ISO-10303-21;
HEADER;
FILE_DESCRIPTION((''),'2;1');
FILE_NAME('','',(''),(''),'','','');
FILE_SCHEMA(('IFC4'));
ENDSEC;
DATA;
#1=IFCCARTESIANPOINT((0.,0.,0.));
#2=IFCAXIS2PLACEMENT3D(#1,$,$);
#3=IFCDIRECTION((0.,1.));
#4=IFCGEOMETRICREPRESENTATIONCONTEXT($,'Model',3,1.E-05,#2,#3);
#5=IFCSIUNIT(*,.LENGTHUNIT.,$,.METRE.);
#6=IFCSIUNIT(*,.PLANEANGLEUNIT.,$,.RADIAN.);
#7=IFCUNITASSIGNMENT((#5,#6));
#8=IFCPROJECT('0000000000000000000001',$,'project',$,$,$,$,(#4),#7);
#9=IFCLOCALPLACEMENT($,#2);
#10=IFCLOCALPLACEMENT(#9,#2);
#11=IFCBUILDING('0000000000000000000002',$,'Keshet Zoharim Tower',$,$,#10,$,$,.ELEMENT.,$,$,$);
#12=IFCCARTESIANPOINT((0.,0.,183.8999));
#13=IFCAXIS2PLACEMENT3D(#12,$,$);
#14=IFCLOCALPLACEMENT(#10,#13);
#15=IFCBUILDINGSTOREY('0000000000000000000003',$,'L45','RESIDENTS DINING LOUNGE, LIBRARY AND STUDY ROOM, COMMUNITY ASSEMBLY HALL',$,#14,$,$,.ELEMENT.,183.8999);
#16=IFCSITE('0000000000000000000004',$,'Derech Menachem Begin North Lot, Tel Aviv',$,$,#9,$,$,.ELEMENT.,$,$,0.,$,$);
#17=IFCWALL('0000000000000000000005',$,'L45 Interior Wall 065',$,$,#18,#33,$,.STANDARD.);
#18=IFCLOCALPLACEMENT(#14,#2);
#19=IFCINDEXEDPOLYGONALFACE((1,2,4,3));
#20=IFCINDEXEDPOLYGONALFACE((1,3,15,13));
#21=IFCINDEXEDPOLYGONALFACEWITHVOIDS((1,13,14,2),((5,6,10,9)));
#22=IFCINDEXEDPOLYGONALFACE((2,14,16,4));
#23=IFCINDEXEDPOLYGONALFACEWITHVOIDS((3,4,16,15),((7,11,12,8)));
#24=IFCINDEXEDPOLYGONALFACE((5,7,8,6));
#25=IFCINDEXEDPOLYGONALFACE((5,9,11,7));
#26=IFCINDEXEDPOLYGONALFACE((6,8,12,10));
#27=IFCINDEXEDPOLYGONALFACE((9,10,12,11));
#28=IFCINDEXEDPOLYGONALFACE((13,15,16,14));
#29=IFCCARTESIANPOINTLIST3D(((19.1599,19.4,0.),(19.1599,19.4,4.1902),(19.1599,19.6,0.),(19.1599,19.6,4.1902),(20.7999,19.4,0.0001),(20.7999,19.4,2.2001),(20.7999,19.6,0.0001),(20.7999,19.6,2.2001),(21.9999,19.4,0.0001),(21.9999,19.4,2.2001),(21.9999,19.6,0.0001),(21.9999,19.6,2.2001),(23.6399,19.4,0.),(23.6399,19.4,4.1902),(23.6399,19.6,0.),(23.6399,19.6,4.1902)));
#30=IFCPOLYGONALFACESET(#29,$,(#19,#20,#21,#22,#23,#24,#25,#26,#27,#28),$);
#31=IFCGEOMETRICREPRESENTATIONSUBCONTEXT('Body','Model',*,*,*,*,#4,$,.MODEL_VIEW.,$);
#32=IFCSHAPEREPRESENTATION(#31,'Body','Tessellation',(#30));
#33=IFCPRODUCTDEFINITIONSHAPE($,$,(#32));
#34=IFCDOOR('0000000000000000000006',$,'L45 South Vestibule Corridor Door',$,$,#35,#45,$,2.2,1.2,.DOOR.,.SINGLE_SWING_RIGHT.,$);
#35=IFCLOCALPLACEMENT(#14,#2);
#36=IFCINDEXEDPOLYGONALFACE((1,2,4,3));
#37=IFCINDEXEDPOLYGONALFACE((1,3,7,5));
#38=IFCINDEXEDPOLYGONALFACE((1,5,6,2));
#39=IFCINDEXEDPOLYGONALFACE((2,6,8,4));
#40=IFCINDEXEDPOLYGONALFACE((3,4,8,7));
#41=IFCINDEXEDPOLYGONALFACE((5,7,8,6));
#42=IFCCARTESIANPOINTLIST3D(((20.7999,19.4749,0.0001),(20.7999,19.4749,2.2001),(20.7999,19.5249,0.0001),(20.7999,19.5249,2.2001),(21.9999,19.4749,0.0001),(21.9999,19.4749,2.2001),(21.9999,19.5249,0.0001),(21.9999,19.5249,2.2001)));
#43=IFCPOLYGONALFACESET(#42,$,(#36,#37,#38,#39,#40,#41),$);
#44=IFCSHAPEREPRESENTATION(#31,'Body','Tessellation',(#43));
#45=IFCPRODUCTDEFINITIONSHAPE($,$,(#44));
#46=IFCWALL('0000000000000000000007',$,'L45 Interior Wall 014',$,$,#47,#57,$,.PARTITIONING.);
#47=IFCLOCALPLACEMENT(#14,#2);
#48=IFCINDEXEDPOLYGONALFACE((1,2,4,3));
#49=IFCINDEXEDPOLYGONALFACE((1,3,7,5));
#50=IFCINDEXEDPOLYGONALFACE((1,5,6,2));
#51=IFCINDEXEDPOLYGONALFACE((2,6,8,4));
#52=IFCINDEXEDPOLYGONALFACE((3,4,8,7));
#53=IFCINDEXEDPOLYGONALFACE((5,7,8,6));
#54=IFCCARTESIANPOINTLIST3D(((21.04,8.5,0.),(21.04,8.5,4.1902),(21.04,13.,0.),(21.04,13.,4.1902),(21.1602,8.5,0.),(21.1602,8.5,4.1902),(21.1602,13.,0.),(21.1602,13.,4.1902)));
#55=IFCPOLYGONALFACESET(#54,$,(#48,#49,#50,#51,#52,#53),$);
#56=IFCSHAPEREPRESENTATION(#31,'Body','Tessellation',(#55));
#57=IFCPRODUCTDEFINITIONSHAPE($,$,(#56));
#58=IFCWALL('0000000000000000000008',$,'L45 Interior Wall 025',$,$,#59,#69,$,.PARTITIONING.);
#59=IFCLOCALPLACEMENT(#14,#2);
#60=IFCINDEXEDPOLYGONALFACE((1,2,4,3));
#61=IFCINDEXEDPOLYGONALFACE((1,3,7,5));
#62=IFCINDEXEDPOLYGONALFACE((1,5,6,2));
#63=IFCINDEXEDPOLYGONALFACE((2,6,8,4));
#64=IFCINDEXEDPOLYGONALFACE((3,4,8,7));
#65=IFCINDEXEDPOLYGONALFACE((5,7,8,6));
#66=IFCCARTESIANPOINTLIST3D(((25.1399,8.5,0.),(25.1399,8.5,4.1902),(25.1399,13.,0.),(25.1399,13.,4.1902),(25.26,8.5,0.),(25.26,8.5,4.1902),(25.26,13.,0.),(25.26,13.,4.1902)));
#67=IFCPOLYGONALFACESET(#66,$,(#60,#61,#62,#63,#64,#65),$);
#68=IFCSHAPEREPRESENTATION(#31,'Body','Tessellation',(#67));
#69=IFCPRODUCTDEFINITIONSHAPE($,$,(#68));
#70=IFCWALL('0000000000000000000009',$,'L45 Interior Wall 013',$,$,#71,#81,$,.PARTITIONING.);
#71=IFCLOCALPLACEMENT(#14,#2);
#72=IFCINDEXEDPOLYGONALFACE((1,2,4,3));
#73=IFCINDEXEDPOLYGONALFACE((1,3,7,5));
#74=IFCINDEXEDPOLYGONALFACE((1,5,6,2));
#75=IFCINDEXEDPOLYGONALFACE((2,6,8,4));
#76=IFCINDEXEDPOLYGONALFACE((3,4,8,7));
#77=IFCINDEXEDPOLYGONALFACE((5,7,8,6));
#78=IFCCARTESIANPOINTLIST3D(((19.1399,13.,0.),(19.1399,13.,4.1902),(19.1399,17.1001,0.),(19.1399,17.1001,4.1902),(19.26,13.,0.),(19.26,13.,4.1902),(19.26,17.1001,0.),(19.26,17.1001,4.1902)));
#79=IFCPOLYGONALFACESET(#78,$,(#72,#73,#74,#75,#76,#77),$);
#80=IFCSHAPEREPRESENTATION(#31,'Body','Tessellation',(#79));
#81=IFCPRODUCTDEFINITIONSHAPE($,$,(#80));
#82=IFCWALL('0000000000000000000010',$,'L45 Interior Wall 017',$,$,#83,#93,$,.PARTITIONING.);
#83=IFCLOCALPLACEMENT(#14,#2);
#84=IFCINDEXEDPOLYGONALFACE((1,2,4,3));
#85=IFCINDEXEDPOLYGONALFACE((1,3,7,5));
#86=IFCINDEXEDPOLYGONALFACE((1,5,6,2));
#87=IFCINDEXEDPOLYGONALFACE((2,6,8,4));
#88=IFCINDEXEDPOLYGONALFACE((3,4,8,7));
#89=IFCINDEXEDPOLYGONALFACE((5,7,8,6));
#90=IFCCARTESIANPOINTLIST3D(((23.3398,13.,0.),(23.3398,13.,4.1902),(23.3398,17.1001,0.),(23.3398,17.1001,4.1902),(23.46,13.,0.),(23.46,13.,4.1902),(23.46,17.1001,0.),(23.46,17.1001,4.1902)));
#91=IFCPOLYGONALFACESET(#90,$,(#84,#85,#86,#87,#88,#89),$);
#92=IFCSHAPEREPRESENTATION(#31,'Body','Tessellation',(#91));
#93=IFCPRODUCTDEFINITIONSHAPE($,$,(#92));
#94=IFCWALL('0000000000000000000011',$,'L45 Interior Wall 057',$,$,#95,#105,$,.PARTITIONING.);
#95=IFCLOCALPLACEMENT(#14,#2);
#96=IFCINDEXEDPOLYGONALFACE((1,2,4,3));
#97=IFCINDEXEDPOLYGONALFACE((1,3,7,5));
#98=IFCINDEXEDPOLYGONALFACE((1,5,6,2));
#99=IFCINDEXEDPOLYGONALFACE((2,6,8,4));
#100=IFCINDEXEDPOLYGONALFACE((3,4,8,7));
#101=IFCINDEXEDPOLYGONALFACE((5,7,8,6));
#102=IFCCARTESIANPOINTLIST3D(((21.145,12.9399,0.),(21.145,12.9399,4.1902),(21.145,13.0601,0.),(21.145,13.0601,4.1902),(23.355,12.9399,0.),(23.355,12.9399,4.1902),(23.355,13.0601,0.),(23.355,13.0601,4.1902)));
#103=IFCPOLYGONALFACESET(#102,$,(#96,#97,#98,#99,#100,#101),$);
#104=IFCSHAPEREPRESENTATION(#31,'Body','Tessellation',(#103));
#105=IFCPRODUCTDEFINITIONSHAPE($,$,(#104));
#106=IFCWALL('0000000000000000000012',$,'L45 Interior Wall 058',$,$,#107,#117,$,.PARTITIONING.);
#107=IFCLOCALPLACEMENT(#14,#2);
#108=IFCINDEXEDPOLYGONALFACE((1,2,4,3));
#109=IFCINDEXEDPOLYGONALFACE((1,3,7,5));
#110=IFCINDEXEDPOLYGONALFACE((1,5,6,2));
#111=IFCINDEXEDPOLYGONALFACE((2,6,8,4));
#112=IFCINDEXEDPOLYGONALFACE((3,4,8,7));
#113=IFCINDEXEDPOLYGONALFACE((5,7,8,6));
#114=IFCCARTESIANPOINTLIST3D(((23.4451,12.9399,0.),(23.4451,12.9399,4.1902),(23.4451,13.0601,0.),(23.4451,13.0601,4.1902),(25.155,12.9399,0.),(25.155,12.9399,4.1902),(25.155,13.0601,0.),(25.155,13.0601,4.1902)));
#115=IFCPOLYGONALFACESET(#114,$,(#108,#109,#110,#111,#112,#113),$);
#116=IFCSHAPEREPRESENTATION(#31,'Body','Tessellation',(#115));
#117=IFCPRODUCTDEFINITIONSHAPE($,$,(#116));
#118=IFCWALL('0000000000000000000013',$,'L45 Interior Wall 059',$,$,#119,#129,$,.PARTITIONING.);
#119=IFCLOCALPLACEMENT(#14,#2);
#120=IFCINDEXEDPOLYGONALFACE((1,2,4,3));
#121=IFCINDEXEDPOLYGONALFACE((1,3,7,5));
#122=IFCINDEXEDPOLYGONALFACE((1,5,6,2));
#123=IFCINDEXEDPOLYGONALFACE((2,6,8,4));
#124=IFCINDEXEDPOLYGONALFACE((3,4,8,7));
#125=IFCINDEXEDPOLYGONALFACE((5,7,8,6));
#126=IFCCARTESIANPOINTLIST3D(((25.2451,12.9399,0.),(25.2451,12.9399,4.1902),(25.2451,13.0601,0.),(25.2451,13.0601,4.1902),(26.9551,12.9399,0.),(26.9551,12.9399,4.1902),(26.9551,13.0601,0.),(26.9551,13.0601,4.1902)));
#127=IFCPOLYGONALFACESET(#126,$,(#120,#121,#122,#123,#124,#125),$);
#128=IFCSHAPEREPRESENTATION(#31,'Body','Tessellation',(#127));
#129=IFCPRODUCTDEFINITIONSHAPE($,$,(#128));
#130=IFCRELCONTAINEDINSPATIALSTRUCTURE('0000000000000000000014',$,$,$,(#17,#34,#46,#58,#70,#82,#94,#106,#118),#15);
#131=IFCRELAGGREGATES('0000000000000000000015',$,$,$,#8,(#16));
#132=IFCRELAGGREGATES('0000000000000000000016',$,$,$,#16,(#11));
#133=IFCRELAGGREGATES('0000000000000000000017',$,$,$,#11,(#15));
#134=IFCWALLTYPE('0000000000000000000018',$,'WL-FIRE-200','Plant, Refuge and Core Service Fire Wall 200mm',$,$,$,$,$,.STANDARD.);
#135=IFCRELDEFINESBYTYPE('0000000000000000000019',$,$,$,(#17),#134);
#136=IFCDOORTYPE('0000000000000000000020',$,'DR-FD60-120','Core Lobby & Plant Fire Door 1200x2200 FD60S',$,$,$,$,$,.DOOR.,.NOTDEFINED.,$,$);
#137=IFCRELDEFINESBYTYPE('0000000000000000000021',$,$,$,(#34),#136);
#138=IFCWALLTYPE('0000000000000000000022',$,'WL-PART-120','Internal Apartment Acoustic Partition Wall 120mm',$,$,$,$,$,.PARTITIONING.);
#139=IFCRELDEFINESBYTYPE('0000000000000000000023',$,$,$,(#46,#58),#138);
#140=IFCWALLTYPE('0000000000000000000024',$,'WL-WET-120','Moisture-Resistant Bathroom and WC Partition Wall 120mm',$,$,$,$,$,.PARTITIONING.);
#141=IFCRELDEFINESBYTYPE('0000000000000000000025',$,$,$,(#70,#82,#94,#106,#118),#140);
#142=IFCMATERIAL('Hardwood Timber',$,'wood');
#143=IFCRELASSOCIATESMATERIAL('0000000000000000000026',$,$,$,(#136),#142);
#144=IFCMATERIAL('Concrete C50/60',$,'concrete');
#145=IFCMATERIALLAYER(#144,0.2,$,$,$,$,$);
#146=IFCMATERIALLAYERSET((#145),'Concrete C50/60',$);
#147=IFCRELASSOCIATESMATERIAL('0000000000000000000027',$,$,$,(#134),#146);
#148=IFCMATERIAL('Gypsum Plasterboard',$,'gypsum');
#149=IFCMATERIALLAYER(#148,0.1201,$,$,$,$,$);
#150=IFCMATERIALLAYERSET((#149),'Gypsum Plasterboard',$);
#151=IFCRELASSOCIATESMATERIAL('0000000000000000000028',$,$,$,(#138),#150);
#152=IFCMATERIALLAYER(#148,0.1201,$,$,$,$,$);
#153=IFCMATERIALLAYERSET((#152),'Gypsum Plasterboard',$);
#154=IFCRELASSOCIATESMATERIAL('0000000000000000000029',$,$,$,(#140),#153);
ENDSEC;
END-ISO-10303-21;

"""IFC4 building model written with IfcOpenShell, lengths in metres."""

from ifc_helpers import new_model, si_unit, direction, frame, frame_2d, origin, place, context, subcontext, project, spatial, rectangle, extrude, material, layer, layer_set, type_object, element, fill, save


model = new_model("IFC4")

# Units and contexts
model_context = context("Model", 3, precision=1e-05, world=origin(), true_north=direction((0.0, 1.0)))
body_context = subcontext(model_context, "Body", "Model", "MODEL_VIEW")
ifc_project = project(units=[si_unit("LENGTHUNIT", "METRE"), si_unit("PLANEANGLEUNIT", "RADIAN")], contexts=[model_context])

# Site, building, storey
site_placement = place(None, origin())
site = spatial("IfcSite", under=ifc_project, at=site_placement, Name="Derech Menachem Begin North Lot, Tel Aviv", CompositionType="ELEMENT", RefElevation=0.0)
building_placement = place(site_placement, origin())
building = spatial("IfcBuilding", under=site, at=building_placement, Name="Keshet Zoharim Tower", CompositionType="ELEMENT")
storey_placement = place(building_placement, frame((0.0, 0.0, 183.8999)))
storey = spatial("IfcBuildingStorey", under=building, at=storey_placement, Name="L45", Description="RESIDENTS DINING LOUNGE, LIBRARY AND STUDY ROOM, COMMUNITY ASSEMBLY HALL", CompositionType="ELEMENT", Elevation=183.8999)

# Shared definitions
ifc_material_1 = material(Name="Gypsum Plasterboard", Category="gypsum")
ifc_material_2 = material(Name="Hardwood Timber", Category="wood")

# Shared definitions
door_type_1 = type_object("IfcDoorType", Name="DR-FD60-120", Description="Core Lobby & Plant Fire Door 1200x2200 FD60S", OperationType="NOTDEFINED", PredefinedType="DOOR", material=ifc_material_2)

# Wall, opening, door
ifc_material_3 = material(Name="Concrete C50/60", Category="concrete")
ifc_layer_1 = layer(ifc_material_3, 0.2)
ifc_layer_set_1 = layer_set([ifc_layer_1], Name="Concrete C50/60")
wall_type_1 = type_object("IfcWallType", Name="WL-FIRE-200", Description="Plant, Refuge and Core Service Fire Wall 200mm", PredefinedType="STANDARD", material=ifc_layer_set_1)
wall_1_placement = place(storey_placement, frame((19.1599, 19.5, 0.0), z_axis=(0.0, 0.0, 1.0), x_axis=(1.0, 0.0, 0.0)))
wall_1 = element("IfcWall", 1, at=wall_1_placement, inside=storey, type_object=wall_type_1, Name="L45 Interior Wall 065", PredefinedType="STANDARD", context=body_context, shape_type="SweptSolid", body=[
    extrude(rectangle(XDim=4.48, YDim=0.2, at=frame_2d((2.24, 0.0))), origin(), (0.0, 0.0, 1.0), 4.1902),
])
opening_1_placement = place(wall_1_placement, frame((1.6399, 0.0, 0.0)))
opening_1 = element("IfcOpeningElement", 2, at=opening_1_placement, cuts=wall_1, PredefinedType="OPENING", context=body_context, shape_type="SweptSolid", body=[
    extrude(rectangle(XDim=1.2, YDim=2.2, at=frame_2d((0.6001, 1.1001))), frame((0.0, 0.1099, 0.0), z_axis=(0.0, -1.0, 0.0), x_axis=(1.0, 0.0, 0.0)), (0.0, 0.0, 1.0), 0.22),
])
door_1_placement = place(opening_1_placement, origin())
door_1 = element("IfcDoor", 3, at=door_1_placement, inside=storey, type_object=door_type_1, Name="L45 South Vestibule Corridor Door", OperationType="SINGLE_SWING_RIGHT", OverallHeight=2.2, OverallWidth=1.2, PredefinedType="DOOR", context=body_context, shape_type="SweptSolid", body=[
    extrude(rectangle(XDim=1.2, YDim=2.2, at=frame_2d((0.6001, 1.1001))), frame((0.0, 0.0249, 0.0), z_axis=(0.0, -1.0, 0.0), x_axis=(1.0, 0.0, 0.0)), (0.0, 0.0, 1.0), 0.05),
])
fill(opening_1, door_1)

# Walls
ifc_layer_2 = layer(ifc_material_1, 0.1201)
ifc_layer_set_2 = layer_set([ifc_layer_2], Name="Gypsum Plasterboard")
wall_type_2 = type_object("IfcWallType", Name="WL-PART-120", Description="Internal Apartment Acoustic Partition Wall 120mm", PredefinedType="PARTITIONING", material=ifc_layer_set_2)
for number, where, z_axis, x_axis, name in (
    (4, (21.1001, 8.5, 0.0), (0.0, 0.0, 1.0), (0.0, 1.0, 0.0), "L45 Interior Wall 014"),
    (5, (25.2, 8.5, 0.0), (0.0, 0.0, 1.0), (0.0, 1.0, 0.0), "L45 Interior Wall 025"),
):
    element("IfcWall", number, at=place(storey_placement, frame(where, z_axis=z_axis, x_axis=x_axis)), inside=storey, type_object=wall_type_2, Name=name, PredefinedType="PARTITIONING", context=body_context, shape_type="SweptSolid", body=[
        extrude(rectangle(XDim=4.5, YDim=0.1201, at=frame_2d((2.25, 0.0))), origin(), (0.0, 0.0, 1.0), 4.1902),
    ])
ifc_layer_3 = layer(ifc_material_1, 0.1201)
ifc_layer_set_3 = layer_set([ifc_layer_3], Name="Gypsum Plasterboard")
wall_type_3 = type_object("IfcWallType", Name="WL-WET-120", Description="Moisture-Resistant Bathroom and WC Partition Wall 120mm", PredefinedType="PARTITIONING", material=ifc_layer_set_3)
for number, where, z_axis, x_axis, name in (
    (6, (19.2, 13.0, 0.0), (0.0, 0.0, 1.0), (0.0, 1.0, 0.0), "L45 Interior Wall 013"),
    (7, (23.3999, 13.0, 0.0), (0.0, 0.0, 1.0), (0.0, 1.0, 0.0), "L45 Interior Wall 017"),
):
    element("IfcWall", number, at=place(storey_placement, frame(where, z_axis=z_axis, x_axis=x_axis)), inside=storey, type_object=wall_type_3, Name=name, PredefinedType="PARTITIONING", context=body_context, shape_type="SweptSolid", body=[
        extrude(rectangle(XDim=4.1001, YDim=0.1201, at=frame_2d((2.05, 0.0))), origin(), (0.0, 0.0, 1.0), 4.1902),
    ])
wall_2_placement = place(storey_placement, frame((21.145, 13.0, 0.0), z_axis=(0.0, 0.0, 1.0), x_axis=(1.0, 0.0, 0.0)))
element("IfcWall", 8, at=wall_2_placement, inside=storey, type_object=wall_type_3, Name="L45 Interior Wall 057", PredefinedType="PARTITIONING", context=body_context, shape_type="SweptSolid", body=[
    extrude(rectangle(XDim=2.21, YDim=0.1201, at=frame_2d((1.105, 0.0))), origin(), (0.0, 0.0, 1.0), 4.1902),
])
for number, where, z_axis, x_axis, name in (
    (9, (23.4451, 13.0, 0.0), (0.0, 0.0, 1.0), (1.0, 0.0, 0.0), "L45 Interior Wall 058"),
    (10, (25.2451, 13.0, 0.0), (0.0, 0.0, 1.0), (1.0, 0.0, 0.0), "L45 Interior Wall 059"),
):
    element("IfcWall", number, at=place(storey_placement, frame(where, z_axis=z_axis, x_axis=x_axis)), inside=storey, type_object=wall_type_3, Name=name, PredefinedType="PARTITIONING", context=body_context, shape_type="SweptSolid", body=[
        extrude(rectangle(XDim=1.71, YDim=0.1201, at=frame_2d((0.855, 0.0))), origin(), (0.0, 0.0, 1.0), 4.1902),
    ])

save(model, "model.ifc")
